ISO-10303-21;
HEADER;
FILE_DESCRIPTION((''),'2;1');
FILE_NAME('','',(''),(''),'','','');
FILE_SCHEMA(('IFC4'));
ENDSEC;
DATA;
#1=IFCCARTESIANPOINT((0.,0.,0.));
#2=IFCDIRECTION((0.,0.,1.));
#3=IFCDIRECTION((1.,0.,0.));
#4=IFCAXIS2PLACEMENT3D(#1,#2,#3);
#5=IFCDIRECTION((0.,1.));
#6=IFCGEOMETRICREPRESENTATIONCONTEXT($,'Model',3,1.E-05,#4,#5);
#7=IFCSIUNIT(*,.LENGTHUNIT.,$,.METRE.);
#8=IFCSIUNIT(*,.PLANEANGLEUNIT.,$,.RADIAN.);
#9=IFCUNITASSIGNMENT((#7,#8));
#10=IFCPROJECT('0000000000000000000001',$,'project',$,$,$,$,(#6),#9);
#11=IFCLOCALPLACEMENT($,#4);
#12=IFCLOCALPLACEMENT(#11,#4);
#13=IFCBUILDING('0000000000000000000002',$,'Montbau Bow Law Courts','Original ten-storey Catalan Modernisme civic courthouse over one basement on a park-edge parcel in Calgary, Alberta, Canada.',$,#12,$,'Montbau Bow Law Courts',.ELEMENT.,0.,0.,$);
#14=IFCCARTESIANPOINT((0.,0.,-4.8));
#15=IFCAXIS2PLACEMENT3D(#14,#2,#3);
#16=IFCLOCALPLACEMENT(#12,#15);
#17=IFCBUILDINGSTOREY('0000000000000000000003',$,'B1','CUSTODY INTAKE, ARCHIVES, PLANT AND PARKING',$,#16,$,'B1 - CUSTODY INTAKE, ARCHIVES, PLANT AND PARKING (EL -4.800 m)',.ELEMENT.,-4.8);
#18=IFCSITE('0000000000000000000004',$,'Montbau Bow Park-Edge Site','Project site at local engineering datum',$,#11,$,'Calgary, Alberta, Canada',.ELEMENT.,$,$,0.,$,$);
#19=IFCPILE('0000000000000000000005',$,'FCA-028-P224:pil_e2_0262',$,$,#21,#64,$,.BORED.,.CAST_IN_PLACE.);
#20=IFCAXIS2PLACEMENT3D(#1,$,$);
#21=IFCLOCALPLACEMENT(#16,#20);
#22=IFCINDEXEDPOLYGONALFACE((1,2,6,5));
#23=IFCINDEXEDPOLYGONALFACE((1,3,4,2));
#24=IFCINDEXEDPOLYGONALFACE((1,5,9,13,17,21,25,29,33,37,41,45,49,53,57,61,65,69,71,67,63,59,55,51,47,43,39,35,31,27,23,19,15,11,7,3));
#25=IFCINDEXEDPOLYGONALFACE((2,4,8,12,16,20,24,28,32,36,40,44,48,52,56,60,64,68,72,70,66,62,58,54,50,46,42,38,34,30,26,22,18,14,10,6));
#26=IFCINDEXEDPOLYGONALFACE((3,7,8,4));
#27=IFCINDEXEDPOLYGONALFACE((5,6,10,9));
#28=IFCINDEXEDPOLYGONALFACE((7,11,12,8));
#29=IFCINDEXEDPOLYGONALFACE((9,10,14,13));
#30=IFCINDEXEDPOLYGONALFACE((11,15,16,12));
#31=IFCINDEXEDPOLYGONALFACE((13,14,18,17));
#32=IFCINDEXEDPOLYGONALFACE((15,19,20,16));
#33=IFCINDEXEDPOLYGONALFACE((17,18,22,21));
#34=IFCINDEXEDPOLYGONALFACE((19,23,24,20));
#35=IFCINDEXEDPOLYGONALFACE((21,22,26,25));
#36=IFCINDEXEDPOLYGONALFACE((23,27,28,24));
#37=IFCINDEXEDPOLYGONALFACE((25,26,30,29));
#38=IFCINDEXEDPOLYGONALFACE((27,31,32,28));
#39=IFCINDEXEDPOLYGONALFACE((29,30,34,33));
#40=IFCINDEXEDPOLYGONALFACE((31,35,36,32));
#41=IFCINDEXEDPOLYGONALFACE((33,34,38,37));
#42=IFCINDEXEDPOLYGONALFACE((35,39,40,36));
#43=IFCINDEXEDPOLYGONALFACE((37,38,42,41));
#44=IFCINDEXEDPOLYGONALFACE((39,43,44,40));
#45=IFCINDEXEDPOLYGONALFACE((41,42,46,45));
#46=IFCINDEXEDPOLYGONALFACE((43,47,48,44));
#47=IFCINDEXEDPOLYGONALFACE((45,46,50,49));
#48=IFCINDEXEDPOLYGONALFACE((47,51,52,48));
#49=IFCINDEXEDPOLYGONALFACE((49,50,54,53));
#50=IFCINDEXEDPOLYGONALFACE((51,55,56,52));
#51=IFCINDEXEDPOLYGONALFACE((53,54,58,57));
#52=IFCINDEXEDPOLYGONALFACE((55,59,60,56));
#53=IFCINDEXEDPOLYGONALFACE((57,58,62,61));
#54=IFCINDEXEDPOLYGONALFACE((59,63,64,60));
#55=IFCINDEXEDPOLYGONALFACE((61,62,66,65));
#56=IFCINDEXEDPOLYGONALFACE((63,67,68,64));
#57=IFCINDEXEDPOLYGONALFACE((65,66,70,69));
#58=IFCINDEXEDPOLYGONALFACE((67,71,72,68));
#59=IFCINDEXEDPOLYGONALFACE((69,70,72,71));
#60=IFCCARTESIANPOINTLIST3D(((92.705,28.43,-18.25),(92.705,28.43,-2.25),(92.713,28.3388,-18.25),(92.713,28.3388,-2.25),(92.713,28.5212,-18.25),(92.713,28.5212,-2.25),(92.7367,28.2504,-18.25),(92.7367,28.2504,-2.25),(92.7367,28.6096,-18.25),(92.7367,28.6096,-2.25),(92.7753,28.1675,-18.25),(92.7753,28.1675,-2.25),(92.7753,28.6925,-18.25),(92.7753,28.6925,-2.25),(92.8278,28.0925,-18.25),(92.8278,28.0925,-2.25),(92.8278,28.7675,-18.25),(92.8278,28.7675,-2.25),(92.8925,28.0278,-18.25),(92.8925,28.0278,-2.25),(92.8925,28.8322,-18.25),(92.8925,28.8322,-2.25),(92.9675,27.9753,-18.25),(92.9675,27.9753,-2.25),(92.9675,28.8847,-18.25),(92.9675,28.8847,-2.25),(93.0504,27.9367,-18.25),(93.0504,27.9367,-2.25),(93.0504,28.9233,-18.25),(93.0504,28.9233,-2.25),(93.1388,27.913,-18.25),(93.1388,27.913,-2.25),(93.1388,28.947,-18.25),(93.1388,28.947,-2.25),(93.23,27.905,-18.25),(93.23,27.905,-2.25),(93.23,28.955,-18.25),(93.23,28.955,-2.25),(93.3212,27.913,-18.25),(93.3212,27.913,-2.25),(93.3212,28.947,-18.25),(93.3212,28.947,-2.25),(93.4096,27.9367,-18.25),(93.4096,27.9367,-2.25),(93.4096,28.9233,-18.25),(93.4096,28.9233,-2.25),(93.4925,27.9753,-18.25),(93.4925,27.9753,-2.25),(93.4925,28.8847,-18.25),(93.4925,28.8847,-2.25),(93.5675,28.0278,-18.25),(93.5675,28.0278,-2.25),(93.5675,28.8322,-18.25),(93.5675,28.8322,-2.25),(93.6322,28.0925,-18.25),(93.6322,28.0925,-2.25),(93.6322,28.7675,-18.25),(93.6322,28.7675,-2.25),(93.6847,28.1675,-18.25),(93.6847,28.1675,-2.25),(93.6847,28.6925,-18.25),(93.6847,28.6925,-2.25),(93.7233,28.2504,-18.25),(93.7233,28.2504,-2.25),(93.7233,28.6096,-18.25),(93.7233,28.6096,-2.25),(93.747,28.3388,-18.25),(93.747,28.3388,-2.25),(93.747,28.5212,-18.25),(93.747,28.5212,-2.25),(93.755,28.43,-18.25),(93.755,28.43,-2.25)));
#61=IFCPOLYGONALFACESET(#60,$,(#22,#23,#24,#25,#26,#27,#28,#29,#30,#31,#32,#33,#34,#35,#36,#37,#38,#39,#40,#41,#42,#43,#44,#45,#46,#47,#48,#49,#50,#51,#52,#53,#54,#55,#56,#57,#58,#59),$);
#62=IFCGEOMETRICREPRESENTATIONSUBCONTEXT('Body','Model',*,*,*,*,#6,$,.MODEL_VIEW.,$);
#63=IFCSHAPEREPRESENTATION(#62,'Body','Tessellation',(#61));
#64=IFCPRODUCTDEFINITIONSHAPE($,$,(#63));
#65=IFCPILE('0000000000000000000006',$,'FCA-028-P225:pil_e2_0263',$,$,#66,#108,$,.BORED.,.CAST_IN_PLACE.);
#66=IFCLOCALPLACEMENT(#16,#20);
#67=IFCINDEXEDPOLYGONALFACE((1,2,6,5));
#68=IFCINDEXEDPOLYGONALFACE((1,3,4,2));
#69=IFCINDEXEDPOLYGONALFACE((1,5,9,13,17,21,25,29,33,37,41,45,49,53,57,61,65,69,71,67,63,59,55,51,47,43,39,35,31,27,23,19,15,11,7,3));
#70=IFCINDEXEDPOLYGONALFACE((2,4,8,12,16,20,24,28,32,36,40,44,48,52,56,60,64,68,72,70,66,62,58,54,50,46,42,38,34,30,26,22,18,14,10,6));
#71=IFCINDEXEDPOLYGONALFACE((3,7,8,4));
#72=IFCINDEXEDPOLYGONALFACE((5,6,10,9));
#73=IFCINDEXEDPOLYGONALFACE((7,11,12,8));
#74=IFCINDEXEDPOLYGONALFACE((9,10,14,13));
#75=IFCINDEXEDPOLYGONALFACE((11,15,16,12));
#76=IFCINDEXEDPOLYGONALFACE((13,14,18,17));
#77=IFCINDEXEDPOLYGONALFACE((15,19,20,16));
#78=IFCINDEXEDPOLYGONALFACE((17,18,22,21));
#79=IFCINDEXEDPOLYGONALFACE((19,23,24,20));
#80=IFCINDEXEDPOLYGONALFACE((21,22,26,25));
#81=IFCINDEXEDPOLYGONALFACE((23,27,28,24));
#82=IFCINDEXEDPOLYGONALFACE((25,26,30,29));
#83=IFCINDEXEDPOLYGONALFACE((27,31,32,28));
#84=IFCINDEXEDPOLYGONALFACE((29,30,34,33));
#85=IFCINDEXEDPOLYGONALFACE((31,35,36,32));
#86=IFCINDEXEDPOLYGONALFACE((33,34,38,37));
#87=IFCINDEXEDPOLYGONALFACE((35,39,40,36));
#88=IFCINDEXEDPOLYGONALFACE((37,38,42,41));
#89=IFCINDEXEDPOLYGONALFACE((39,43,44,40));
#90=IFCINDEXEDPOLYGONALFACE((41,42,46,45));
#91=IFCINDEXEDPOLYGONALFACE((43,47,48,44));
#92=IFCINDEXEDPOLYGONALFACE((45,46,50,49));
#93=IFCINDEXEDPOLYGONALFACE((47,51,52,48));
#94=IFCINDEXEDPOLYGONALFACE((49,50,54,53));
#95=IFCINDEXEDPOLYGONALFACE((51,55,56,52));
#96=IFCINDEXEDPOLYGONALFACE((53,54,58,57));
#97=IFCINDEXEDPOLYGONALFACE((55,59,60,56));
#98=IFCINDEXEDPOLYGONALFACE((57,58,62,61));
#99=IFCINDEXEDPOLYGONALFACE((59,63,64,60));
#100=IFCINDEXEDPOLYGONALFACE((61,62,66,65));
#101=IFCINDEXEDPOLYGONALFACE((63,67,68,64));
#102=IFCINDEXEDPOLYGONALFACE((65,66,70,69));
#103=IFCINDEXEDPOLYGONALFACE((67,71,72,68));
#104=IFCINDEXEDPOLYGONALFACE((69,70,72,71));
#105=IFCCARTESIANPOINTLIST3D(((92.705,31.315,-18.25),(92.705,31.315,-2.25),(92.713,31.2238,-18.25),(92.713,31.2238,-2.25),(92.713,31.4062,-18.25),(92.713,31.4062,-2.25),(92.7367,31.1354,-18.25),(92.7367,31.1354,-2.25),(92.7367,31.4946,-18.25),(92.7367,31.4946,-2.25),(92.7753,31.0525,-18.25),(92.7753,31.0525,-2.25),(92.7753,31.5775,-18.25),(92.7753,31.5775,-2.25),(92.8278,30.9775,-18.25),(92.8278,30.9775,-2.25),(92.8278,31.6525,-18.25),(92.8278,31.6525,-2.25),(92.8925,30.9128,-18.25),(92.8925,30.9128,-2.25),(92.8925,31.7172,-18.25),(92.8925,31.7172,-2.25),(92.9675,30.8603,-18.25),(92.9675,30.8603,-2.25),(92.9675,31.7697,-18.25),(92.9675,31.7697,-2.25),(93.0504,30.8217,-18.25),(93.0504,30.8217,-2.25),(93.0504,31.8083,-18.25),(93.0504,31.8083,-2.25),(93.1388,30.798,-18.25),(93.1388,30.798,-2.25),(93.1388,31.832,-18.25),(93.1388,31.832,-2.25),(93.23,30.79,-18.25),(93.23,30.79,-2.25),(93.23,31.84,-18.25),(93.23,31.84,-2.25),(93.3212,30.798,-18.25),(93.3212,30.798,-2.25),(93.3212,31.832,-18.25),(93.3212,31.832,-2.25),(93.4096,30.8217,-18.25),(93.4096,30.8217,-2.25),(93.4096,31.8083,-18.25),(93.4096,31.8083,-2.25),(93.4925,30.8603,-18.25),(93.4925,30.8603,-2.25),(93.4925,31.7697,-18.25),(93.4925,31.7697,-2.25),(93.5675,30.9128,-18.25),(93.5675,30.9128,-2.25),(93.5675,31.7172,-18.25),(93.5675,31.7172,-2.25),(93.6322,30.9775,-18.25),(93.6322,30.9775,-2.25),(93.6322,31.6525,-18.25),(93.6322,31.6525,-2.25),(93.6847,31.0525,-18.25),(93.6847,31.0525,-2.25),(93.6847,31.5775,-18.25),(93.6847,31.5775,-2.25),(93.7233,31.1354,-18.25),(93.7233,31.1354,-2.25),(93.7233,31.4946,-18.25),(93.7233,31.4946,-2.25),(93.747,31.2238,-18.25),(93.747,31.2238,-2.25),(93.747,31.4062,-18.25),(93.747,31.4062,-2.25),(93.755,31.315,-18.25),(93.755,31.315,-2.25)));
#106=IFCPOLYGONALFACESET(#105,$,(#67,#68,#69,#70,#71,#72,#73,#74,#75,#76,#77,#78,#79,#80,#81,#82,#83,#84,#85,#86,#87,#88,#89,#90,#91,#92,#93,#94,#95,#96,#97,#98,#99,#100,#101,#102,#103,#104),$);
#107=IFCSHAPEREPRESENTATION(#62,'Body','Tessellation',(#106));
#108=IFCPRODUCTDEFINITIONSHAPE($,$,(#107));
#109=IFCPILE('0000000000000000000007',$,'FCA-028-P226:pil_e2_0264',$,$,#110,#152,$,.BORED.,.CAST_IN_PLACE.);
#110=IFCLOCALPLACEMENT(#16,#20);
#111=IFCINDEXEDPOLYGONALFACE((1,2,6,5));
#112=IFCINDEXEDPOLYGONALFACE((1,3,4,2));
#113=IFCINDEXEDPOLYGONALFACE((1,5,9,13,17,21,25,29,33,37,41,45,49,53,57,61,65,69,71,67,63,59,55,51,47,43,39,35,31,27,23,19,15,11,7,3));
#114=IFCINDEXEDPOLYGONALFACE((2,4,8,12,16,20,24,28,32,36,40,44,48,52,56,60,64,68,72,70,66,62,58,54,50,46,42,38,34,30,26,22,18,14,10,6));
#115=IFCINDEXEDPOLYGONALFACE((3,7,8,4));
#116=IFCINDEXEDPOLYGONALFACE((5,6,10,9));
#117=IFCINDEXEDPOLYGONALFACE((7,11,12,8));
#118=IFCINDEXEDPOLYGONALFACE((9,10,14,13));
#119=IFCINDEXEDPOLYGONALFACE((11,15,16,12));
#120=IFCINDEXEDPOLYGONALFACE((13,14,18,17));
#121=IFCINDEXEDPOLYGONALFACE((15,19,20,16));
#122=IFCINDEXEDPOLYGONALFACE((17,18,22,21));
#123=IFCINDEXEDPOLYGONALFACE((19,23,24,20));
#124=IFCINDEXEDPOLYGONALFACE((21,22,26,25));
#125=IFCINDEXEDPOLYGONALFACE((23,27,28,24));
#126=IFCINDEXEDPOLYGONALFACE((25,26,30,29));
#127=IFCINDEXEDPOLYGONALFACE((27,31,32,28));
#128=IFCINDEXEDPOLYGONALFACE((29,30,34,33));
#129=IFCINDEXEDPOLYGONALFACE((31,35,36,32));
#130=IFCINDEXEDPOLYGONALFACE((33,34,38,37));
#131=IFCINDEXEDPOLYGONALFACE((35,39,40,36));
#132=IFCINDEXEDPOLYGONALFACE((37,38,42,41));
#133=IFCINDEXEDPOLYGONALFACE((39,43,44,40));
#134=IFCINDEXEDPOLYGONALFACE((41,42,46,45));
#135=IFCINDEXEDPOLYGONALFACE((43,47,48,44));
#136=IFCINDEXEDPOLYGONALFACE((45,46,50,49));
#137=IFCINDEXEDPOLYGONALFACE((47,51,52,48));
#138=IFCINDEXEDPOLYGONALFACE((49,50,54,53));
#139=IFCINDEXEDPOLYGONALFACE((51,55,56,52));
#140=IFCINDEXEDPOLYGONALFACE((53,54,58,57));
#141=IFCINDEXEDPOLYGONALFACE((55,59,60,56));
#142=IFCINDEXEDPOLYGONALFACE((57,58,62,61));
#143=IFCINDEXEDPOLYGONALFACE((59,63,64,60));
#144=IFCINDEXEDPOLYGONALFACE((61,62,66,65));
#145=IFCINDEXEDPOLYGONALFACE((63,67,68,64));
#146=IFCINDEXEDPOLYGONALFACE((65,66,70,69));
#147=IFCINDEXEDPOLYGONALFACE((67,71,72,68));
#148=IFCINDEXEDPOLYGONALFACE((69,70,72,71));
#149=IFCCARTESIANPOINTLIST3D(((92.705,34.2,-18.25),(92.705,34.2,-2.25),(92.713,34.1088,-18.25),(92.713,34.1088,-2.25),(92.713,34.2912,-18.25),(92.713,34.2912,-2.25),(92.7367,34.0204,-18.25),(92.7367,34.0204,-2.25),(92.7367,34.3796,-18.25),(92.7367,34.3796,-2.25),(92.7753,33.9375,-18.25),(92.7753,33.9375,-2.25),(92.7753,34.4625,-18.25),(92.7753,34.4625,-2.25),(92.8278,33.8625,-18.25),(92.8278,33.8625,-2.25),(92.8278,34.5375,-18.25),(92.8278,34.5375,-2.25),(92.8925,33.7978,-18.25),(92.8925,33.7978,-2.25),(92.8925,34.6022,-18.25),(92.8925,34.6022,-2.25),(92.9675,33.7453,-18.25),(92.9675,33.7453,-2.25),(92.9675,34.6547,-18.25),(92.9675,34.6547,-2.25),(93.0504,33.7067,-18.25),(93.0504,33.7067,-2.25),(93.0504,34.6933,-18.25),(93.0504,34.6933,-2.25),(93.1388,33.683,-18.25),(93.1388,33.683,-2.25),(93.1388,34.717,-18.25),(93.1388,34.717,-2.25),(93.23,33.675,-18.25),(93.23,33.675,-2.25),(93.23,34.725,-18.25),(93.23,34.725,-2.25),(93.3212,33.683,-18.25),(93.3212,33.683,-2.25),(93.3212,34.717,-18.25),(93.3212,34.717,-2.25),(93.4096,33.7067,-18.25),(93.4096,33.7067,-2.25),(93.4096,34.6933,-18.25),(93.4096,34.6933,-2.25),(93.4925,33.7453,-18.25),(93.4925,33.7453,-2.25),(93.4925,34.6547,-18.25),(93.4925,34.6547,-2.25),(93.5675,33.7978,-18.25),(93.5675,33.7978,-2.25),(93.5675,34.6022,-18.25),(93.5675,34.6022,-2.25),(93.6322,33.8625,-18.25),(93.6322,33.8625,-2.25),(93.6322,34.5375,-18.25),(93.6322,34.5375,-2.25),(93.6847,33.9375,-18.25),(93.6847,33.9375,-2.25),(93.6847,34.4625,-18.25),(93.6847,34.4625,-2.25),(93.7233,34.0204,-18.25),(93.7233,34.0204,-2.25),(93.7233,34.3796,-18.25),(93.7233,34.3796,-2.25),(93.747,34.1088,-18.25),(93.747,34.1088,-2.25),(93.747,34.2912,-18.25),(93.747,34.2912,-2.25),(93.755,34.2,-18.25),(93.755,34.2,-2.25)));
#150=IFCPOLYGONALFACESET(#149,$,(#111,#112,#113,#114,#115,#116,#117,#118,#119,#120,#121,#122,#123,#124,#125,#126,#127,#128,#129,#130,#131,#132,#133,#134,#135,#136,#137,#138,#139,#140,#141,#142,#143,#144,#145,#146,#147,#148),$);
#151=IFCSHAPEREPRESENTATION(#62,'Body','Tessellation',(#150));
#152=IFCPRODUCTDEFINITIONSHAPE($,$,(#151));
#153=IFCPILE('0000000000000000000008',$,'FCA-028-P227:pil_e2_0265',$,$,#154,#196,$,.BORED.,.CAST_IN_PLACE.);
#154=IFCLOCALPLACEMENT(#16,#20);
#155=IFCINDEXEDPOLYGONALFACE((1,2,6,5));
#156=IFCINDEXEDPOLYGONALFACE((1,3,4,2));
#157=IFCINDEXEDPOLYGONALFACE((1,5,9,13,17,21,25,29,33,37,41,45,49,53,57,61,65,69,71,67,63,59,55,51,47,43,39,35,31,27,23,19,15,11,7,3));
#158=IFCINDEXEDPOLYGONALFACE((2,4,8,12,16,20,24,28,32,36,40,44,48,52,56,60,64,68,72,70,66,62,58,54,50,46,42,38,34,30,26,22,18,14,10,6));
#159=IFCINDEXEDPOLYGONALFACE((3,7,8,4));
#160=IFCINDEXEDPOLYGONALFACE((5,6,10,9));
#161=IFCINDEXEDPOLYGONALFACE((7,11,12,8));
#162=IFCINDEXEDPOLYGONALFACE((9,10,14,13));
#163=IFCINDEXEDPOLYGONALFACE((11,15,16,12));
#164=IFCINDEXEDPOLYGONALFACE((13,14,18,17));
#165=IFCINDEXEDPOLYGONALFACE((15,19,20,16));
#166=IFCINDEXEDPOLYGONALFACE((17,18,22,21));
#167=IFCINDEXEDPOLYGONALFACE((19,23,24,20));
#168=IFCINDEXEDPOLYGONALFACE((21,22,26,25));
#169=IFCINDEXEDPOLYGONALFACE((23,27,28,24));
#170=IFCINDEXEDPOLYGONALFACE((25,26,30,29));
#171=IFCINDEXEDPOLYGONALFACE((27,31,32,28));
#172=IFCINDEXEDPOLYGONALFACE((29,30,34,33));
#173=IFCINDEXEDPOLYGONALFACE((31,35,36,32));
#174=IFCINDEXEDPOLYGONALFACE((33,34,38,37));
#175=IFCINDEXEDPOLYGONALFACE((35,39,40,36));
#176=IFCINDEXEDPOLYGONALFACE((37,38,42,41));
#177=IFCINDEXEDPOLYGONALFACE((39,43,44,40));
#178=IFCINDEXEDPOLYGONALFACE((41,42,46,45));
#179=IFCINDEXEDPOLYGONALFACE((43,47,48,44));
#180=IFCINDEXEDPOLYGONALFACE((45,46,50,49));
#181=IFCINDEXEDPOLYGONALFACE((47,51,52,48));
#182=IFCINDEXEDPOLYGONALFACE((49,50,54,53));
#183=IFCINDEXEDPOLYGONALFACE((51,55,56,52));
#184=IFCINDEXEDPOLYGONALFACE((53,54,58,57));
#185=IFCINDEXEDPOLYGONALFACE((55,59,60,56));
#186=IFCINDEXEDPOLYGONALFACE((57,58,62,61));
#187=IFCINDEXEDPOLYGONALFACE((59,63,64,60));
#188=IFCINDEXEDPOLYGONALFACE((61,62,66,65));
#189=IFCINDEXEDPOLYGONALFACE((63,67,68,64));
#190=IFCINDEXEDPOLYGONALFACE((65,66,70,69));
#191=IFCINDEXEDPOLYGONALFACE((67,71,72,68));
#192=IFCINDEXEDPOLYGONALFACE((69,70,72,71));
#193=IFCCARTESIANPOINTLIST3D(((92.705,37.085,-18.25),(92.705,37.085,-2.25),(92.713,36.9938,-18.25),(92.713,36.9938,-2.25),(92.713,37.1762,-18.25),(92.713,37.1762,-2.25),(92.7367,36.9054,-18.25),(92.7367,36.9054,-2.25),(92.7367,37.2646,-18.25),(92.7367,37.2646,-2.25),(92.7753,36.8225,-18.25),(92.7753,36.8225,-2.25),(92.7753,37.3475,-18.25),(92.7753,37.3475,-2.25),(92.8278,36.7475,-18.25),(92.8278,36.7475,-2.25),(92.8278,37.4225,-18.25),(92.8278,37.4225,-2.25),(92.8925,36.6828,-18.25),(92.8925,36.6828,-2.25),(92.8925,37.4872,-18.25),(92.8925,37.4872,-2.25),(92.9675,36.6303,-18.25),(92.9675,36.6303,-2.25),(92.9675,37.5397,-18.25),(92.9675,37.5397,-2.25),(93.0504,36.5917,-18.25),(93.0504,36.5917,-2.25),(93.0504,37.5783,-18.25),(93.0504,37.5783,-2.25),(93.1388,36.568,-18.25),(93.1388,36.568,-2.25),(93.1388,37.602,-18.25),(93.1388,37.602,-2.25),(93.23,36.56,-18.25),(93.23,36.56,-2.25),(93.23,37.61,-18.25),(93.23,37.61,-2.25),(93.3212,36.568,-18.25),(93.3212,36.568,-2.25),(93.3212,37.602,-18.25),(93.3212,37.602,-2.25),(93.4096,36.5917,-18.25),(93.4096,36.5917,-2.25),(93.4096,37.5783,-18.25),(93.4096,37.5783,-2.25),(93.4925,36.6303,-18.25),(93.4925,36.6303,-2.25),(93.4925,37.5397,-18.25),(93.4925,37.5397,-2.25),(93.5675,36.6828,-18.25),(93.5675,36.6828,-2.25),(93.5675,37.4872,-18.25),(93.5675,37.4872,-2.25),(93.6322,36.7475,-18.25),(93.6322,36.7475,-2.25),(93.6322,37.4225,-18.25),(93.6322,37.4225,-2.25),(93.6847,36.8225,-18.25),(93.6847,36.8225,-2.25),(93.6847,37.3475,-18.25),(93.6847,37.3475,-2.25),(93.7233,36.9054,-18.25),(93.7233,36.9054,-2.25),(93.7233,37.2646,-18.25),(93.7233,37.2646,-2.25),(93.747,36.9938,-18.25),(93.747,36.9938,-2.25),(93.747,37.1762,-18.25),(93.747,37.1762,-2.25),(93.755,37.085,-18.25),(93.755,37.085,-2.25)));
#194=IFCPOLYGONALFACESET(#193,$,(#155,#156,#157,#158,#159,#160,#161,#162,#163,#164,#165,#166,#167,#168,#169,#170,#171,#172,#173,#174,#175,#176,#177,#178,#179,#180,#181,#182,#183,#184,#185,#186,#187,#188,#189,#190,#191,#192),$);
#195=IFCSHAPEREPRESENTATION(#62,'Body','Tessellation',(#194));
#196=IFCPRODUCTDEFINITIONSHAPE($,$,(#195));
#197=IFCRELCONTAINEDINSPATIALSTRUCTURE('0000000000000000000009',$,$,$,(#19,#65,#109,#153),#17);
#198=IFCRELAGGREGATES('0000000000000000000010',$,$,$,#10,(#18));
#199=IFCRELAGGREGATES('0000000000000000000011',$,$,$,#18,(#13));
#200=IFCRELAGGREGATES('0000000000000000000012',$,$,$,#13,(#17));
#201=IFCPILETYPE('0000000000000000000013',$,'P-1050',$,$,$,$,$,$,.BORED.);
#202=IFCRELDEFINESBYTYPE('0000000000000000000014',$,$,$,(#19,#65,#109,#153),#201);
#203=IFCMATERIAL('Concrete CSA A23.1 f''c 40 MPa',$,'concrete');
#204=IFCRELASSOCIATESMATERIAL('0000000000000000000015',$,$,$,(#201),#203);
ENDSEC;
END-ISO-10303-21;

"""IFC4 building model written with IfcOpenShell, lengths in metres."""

from ifc_helpers import new_model, si_unit, direction, frame, origin_with_axes, origin_2d_with_axis, place, context, subcontext, project, spatial, circle, extrude, material, material_profile, profile_set, type_object, element, save


model = new_model("IFC4")

# Units and contexts
model_context = context("Model", 3, precision=1e-05, world=origin_with_axes(), true_north=direction((0.0, 1.0)))
body_context = subcontext(model_context, "Body", "Model", "MODEL_VIEW")
ifc_project = project(units=[si_unit("LENGTHUNIT", "METRE"), si_unit("PLANEANGLEUNIT", "RADIAN")], contexts=[model_context])

# Site, building, storey
site_placement = place(None, origin_with_axes())
site = spatial("IfcSite", under=ifc_project, at=site_placement, Name="Montbau Bow Park-Edge Site", Description="Project site at local engineering datum", LongName="Calgary, Alberta, Canada", CompositionType="ELEMENT", RefElevation=0.0)
building_placement = place(site_placement, origin_with_axes())
building = spatial("IfcBuilding", under=site, at=building_placement, Name="Montbau Bow Law Courts", Description="Original ten-storey Catalan Modernisme civic courthouse over one basement on a park-edge parcel in Calgary, Alberta, Canada.", LongName="Montbau Bow Law Courts", CompositionType="ELEMENT", ElevationOfRefHeight=0.0, ElevationOfTerrain=0.0)
storey_placement = place(building_placement, frame((0.0, 0.0, -4.8), z_axis=(0.0, 0.0, 1.0), x_axis=(1.0, 0.0, 0.0)))
storey = spatial("IfcBuildingStorey", under=building, at=storey_placement, Name="B1", Description="CUSTODY INTAKE, ARCHIVES, PLANT AND PARKING", LongName="B1 - CUSTODY INTAKE, ARCHIVES, PLANT AND PARKING (EL -4.800 m)", CompositionType="ELEMENT", Elevation=-4.8)

# Piles
ifc_material_1 = material(Name="Concrete CSA A23.1 f'c 40 MPa", Category="concrete")
ifc_material_profile_1 = material_profile(ifc_material_1, circle(Radius=0.525, at=origin_2d_with_axis()), Name="BP1050", Category="Main", Priority=0)
ifc_profile_set_1 = profile_set([ifc_material_profile_1], Name="Concrete CSA A23.1 f'c 40 MPa")
pile_type = type_object("IfcPileType", Name="P-1050", PredefinedType="BORED", material=ifc_profile_set_1)
for number, where, z_axis, x_axis, name in (
    (1, (93.23, 28.43, -23.05), (0.0, 0.0, 1.0), (1.0, 0.0, 0.0), "FCA-028-P224:pil_e2_0262"),
    (2, (93.23, 31.315, -23.05), (0.0, 0.0, 1.0), (1.0, 0.0, 0.0), "FCA-028-P225:pil_e2_0263"),
    (3, (93.23, 34.2, -23.05), (0.0, 0.0, 1.0), (1.0, 0.0, 0.0), "FCA-028-P226:pil_e2_0264"),
    (4, (93.23, 37.085, -23.05), (0.0, 0.0, 1.0), (1.0, 0.0, 0.0), "FCA-028-P227:pil_e2_0265"),
):
    element("IfcPile", number, at=place(None, frame(where, z_axis=z_axis, x_axis=x_axis)), inside=storey, type_object=pile_type, Name=name, ConstructionType="CAST_IN_PLACE", PredefinedType="BORED", context=body_context, shape_type="SweptSolid", body=[
        extrude(circle(Radius=0.525, at=origin_2d_with_axis()), origin_with_axes(), (0.0, 0.0, 1.0), 16.0),
    ])

save(model, "model.ifc")
